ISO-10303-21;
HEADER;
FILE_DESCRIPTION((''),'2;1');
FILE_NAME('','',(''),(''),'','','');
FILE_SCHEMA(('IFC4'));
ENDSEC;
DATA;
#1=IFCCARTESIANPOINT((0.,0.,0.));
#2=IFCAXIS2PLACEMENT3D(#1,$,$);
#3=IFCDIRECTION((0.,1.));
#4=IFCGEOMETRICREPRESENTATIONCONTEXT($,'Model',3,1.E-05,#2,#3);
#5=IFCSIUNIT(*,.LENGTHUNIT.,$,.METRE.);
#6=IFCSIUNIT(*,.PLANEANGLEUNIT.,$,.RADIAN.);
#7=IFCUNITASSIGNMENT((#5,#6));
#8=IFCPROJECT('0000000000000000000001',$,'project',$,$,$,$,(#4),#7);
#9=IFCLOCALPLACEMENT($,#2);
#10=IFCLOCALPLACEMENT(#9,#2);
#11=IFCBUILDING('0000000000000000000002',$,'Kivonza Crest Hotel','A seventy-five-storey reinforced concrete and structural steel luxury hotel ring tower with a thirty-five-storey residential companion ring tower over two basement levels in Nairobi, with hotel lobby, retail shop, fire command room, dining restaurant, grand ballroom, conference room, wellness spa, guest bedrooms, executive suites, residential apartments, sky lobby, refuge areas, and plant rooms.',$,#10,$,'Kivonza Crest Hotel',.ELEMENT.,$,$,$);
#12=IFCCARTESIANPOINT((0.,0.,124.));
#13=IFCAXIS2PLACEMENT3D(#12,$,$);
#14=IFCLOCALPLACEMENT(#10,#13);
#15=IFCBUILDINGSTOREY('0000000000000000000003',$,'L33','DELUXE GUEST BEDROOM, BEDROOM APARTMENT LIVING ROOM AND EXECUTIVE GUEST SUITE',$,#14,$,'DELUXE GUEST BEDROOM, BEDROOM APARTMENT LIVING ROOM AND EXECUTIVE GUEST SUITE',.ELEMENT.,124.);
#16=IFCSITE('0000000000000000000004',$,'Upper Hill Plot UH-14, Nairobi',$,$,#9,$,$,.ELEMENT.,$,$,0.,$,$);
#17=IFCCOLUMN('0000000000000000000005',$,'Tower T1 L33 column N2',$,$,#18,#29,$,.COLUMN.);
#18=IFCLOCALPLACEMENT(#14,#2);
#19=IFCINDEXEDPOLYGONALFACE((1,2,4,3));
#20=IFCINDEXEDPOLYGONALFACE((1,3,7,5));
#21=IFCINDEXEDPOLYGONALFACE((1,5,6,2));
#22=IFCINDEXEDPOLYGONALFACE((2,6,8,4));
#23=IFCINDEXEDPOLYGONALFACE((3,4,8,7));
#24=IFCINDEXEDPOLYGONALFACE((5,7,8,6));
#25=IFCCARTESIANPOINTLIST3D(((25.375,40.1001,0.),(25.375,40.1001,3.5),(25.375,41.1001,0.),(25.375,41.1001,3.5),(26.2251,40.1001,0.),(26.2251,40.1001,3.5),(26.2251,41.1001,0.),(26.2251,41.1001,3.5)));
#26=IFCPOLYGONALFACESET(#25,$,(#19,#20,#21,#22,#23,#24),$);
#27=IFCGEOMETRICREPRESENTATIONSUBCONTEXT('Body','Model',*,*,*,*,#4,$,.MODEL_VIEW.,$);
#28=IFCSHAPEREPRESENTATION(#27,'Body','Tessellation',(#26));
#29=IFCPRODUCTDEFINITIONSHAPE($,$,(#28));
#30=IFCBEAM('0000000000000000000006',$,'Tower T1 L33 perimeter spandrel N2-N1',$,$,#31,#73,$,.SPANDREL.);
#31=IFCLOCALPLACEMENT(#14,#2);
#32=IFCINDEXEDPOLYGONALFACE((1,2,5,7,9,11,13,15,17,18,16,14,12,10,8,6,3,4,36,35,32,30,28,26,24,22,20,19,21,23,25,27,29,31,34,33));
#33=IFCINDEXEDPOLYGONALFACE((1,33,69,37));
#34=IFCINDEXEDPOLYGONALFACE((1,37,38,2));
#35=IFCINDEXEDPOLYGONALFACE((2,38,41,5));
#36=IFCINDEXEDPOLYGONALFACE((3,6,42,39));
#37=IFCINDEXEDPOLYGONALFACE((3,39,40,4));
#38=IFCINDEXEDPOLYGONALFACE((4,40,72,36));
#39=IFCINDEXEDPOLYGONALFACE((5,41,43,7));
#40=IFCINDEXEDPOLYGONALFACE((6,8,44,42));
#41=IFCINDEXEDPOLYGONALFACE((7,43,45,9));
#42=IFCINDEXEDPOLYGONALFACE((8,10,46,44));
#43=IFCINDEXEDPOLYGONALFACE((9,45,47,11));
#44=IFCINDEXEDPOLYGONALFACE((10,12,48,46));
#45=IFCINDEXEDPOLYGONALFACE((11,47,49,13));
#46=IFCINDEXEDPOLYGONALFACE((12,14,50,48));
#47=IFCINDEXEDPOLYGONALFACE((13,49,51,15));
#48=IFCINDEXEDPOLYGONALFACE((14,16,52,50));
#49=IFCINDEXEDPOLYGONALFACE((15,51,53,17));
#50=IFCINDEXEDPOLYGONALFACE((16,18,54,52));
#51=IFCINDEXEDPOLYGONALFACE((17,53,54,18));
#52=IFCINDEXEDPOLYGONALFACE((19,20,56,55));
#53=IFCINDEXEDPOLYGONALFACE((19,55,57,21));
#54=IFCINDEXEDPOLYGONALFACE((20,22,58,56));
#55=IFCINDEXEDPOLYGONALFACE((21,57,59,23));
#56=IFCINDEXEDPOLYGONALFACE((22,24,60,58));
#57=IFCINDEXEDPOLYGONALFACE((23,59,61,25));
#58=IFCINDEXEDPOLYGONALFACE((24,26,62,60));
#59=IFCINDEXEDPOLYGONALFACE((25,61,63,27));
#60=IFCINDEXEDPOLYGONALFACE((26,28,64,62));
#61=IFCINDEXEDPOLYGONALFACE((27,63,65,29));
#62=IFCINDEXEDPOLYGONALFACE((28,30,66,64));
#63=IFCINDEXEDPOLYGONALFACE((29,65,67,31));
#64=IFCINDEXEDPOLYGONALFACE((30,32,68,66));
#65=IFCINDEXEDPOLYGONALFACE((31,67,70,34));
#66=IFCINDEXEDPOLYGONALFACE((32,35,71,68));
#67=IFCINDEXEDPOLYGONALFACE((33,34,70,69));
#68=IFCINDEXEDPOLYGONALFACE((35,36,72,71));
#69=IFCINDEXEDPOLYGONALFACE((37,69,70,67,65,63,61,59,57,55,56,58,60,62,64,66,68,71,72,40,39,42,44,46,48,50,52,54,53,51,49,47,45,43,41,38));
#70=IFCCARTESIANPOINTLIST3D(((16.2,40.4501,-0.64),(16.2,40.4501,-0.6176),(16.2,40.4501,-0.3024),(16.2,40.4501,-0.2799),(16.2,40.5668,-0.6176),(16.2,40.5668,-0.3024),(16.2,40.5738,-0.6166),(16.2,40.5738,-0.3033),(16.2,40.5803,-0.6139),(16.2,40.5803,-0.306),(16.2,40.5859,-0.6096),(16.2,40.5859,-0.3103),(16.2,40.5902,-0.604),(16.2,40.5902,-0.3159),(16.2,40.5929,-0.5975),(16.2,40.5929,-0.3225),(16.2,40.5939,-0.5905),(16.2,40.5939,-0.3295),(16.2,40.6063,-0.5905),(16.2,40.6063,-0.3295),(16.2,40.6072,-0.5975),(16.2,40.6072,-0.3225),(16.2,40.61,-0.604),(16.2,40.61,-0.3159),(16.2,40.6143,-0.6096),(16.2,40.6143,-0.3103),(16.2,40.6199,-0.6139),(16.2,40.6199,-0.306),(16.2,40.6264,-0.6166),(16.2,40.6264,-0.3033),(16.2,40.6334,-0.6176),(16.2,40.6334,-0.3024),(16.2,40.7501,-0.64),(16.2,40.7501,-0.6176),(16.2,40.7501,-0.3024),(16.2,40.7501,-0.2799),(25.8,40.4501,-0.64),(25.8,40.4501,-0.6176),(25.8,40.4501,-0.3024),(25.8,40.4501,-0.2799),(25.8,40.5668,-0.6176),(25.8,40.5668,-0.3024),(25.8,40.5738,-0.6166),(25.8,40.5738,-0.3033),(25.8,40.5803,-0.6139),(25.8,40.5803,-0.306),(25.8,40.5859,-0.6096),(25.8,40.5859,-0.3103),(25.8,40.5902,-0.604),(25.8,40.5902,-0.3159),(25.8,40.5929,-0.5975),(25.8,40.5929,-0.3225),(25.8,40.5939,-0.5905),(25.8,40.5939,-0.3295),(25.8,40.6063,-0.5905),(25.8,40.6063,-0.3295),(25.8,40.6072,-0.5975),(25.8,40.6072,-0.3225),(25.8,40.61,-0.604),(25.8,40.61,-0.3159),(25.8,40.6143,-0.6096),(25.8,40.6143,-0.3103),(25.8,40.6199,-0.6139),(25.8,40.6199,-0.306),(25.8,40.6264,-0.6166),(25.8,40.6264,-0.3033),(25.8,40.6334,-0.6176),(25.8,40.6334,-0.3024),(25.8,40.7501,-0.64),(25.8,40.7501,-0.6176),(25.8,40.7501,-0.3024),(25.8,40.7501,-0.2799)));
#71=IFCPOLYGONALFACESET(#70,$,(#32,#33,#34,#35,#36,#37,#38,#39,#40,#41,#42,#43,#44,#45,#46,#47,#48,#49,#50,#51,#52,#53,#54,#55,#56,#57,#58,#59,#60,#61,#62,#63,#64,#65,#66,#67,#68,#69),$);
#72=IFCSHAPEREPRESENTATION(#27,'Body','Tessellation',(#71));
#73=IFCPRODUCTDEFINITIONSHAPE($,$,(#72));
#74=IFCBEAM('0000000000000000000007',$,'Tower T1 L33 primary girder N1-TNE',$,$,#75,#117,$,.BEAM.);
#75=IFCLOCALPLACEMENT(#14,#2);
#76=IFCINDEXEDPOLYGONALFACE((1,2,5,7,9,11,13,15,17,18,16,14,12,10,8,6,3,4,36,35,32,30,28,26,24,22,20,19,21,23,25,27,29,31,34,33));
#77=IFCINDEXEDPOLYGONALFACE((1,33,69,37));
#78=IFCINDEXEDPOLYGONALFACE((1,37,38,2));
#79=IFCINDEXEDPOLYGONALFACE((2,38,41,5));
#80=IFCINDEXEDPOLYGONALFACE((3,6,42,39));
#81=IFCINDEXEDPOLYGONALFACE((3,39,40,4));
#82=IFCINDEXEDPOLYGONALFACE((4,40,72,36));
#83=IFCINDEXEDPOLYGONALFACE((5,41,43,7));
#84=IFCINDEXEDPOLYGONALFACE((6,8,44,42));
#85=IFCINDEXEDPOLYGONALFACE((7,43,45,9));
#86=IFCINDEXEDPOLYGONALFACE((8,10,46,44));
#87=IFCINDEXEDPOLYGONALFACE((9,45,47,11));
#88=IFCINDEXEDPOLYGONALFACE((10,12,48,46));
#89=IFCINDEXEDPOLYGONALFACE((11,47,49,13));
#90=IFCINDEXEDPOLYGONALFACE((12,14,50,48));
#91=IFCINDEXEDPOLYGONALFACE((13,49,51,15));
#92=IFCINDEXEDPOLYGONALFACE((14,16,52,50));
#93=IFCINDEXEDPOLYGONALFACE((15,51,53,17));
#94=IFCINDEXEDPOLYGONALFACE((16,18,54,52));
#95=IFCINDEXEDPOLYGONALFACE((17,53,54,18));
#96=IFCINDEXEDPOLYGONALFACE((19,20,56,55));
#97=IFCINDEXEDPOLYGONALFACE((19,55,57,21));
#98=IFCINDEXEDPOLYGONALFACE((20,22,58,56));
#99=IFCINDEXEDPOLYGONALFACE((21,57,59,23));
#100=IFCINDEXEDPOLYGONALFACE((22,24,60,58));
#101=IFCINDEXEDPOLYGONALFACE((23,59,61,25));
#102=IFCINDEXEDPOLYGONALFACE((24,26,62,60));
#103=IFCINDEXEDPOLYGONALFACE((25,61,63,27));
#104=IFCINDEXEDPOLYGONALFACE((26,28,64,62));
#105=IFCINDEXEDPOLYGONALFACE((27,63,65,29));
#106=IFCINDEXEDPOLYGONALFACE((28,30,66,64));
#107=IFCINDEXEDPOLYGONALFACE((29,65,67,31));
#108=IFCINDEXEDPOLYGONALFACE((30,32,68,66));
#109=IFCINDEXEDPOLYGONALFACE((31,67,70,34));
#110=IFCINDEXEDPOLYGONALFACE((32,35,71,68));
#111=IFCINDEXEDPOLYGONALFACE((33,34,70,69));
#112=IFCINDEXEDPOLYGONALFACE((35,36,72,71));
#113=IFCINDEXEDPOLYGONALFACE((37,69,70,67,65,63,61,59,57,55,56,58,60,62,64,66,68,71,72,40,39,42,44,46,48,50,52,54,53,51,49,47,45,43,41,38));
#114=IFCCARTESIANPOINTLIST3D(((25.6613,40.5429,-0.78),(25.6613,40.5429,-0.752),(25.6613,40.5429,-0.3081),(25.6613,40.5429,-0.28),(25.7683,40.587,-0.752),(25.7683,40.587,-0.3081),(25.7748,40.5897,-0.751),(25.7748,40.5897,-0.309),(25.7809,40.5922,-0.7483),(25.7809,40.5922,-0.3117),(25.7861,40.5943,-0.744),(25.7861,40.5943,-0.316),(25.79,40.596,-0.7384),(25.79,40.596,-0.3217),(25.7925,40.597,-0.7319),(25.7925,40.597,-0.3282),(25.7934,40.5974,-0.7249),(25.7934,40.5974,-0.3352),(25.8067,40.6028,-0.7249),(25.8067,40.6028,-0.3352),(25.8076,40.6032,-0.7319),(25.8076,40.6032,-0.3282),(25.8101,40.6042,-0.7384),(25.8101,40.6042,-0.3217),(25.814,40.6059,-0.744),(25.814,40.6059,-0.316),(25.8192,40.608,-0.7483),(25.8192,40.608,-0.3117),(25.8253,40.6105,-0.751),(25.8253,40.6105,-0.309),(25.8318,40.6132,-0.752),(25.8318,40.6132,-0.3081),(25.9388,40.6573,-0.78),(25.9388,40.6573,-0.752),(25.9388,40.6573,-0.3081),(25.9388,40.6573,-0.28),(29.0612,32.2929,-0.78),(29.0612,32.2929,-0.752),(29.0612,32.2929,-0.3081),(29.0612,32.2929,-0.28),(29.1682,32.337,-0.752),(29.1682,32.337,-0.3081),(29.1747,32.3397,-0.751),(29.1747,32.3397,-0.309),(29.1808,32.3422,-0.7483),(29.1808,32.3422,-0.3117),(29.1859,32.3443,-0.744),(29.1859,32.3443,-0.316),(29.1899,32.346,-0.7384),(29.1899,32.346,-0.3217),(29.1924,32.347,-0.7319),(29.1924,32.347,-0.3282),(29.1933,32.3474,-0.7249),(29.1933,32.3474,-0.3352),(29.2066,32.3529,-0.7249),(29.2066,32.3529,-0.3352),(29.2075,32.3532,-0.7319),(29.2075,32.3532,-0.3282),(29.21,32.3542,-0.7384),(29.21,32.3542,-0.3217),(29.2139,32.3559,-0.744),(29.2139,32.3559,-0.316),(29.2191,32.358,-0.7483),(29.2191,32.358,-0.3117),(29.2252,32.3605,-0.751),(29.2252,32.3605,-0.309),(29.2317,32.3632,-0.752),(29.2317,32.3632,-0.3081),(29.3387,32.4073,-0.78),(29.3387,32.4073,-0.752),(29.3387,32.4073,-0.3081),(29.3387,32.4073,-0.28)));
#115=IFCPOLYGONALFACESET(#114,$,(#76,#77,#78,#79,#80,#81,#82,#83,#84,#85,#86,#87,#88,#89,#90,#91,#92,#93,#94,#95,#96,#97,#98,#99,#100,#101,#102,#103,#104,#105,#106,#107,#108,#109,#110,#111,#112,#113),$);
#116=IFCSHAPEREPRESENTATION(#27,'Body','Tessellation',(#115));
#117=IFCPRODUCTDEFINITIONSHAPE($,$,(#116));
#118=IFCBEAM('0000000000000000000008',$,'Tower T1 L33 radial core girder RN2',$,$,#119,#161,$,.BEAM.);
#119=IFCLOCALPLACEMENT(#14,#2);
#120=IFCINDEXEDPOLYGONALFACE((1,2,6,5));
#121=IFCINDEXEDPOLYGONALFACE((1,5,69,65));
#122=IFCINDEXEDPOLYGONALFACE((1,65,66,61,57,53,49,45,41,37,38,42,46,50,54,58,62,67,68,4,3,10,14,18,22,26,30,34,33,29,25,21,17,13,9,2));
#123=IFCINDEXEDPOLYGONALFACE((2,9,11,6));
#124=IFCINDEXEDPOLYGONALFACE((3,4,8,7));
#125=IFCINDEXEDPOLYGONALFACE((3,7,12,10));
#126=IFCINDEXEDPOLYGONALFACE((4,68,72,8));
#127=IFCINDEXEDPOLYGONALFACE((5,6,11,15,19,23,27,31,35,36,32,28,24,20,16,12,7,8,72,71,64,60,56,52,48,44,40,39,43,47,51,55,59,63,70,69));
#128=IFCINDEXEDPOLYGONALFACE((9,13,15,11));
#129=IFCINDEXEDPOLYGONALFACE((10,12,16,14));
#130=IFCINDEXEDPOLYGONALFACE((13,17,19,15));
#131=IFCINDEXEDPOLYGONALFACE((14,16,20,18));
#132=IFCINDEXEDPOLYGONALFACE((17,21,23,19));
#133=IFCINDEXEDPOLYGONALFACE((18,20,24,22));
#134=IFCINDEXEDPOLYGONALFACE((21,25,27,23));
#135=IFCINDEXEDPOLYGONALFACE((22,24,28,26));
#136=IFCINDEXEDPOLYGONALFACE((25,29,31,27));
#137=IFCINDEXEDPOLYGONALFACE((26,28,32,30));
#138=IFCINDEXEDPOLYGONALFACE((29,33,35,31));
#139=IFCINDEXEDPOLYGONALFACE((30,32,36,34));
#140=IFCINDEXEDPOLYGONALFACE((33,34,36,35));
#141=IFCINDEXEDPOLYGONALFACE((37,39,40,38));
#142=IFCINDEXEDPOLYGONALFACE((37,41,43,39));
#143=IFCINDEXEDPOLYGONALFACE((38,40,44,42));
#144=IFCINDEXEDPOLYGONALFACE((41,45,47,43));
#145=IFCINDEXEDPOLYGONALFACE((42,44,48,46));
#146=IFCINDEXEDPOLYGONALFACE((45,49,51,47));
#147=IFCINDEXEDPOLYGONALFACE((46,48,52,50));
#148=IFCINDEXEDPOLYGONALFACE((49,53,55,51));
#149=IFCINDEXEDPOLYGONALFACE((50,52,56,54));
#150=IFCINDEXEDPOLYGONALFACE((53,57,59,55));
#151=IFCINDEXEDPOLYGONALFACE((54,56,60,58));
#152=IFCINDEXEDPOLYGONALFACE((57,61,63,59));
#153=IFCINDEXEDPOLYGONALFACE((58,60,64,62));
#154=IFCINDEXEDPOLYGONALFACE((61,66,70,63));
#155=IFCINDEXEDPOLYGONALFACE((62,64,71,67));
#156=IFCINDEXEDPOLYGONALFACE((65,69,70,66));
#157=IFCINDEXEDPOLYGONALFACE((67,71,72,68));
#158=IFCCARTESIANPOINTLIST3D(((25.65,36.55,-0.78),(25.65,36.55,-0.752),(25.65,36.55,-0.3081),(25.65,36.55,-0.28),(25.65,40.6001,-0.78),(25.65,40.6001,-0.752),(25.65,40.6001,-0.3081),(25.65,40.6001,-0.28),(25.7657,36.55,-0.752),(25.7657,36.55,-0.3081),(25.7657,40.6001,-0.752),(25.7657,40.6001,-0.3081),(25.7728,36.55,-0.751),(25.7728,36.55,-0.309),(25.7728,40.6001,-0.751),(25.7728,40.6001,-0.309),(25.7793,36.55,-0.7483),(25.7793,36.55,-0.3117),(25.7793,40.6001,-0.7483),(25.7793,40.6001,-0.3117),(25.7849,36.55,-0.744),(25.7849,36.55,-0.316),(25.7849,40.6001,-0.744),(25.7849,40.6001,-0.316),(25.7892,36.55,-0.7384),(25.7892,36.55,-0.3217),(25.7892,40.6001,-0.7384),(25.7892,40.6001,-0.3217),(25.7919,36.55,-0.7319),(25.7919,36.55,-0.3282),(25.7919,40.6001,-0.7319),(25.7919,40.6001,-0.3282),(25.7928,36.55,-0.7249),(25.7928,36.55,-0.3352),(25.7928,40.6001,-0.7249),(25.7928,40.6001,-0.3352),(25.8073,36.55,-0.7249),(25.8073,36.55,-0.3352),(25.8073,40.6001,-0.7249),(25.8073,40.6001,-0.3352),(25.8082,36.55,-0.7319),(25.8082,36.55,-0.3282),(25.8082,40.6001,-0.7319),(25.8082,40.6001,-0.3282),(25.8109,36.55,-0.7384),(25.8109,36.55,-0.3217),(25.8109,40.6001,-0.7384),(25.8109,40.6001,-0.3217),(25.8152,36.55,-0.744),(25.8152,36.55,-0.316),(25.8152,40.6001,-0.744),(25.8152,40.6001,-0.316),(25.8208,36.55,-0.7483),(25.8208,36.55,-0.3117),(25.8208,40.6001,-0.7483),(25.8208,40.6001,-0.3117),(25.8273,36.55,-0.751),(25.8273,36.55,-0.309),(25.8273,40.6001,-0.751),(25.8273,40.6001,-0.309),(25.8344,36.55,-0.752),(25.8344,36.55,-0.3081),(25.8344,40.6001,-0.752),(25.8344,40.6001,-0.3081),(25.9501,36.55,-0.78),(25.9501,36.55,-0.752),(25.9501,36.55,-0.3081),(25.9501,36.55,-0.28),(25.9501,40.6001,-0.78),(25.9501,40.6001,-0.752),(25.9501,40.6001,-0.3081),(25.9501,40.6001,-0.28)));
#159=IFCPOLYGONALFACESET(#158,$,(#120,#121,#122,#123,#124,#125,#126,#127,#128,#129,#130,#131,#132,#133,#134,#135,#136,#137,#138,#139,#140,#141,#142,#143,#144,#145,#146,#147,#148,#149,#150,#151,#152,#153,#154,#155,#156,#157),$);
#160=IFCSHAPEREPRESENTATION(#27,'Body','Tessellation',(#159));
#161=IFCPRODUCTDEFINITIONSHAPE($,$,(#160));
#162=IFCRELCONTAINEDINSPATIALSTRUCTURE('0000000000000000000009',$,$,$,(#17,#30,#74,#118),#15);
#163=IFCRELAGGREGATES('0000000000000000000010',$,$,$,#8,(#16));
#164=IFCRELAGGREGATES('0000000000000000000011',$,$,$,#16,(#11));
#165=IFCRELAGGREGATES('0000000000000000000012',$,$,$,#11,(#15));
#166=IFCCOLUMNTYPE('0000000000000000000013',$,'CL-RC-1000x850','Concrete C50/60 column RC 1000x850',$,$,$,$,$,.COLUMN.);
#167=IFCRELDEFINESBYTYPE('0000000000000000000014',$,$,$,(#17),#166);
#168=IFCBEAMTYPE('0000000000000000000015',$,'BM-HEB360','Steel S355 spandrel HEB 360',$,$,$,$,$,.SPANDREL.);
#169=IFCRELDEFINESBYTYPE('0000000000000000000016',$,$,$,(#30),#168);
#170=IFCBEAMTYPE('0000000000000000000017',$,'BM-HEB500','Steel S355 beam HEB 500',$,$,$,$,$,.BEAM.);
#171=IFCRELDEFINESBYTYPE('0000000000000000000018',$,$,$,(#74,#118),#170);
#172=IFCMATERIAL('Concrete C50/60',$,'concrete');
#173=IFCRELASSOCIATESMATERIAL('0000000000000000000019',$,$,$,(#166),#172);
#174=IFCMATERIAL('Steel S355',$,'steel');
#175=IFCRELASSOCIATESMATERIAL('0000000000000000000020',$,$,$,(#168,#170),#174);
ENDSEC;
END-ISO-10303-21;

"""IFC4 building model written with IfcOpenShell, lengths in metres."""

from ifc_helpers import new_model, si_unit, direction, frame, origin, origin_2d, place, context, subcontext, project, spatial, rectangle, i_section, extrude, material, material_profile, profile_set, type_object, element, save


model = new_model("IFC4")

# Units and contexts
model_context = context("Model", 3, precision=1e-05, world=origin(), true_north=direction((0.0, 1.0)))
body_context = subcontext(model_context, "Body", "Model", "MODEL_VIEW")
ifc_project = project(units=[si_unit("LENGTHUNIT", "METRE"), si_unit("PLANEANGLEUNIT", "RADIAN")], contexts=[model_context])

# Site, building, storey
site_placement = place(None, origin())
site = spatial("IfcSite", under=ifc_project, at=site_placement, Name="Upper Hill Plot UH-14, Nairobi", CompositionType="ELEMENT", RefElevation=0.0)
building_placement = place(site_placement, origin())
building = spatial("IfcBuilding", under=site, at=building_placement, Name="Kivonza Crest Hotel", Description="A seventy-five-storey reinforced concrete and structural steel luxury hotel ring tower with a thirty-five-storey residential companion ring tower over two basement levels in Nairobi, with hotel lobby, retail shop, fire command room, dining restaurant, grand ballroom, conference room, wellness spa, guest bedrooms, executive suites, residential apartments, sky lobby, refuge areas, and plant rooms.", LongName="Kivonza Crest Hotel", CompositionType="ELEMENT")
storey_placement = place(building_placement, frame((0.0, 0.0, 124.0)))
storey = spatial("IfcBuildingStorey", under=building, at=storey_placement, Name="L33", Description="DELUXE GUEST BEDROOM, BEDROOM APARTMENT LIVING ROOM AND EXECUTIVE GUEST SUITE", LongName="DELUXE GUEST BEDROOM, BEDROOM APARTMENT LIVING ROOM AND EXECUTIVE GUEST SUITE", CompositionType="ELEMENT", Elevation=124.0)

# Column
ifc_material_1 = material(Name="Concrete C50/60", Category="concrete")
ifc_material_profile_1 = material_profile(ifc_material_1, rectangle(XDim=0.8501, YDim=1.0, at=origin_2d()), Name="RC 1000x850")
ifc_profile_set_1 = profile_set([ifc_material_profile_1], Name="Concrete C50/60")
column_type = type_object("IfcColumnType", Name="CL-RC-1000x850", Description="Concrete C50/60 column RC 1000x850", PredefinedType="COLUMN", material=ifc_profile_set_1)
column_placement = place(storey_placement, frame((25.8, 40.6001, 0.0), z_axis=(0.0, 0.0, 1.0), x_axis=(1.0, 0.0, 0.0)))
element("IfcColumn", 1, at=column_placement, inside=storey, type_object=column_type, Name="Tower T1 L33 column N2", PredefinedType="COLUMN", context=body_context, shape_type="SweptSolid", body=[
    extrude(rectangle(XDim=0.8501, YDim=1.0, at=origin_2d()), origin(), (0.0, 0.0, 1.0), 3.5),
])

# Beams
ifc_material_2 = material(Name="Steel S355", Category="steel")
ifc_material_profile_2 = material_profile(ifc_material_2, i_section(OverallWidth=0.3, OverallDepth=0.3601, WebThickness=0.0125, FlangeThickness=0.0225, FilletRadius=0.0271, at=origin_2d()), Name="HEB 360")
ifc_profile_set_2 = profile_set([ifc_material_profile_2], Name="Steel S355")
beam_type_1 = type_object("IfcBeamType", Name="BM-HEB360", Description="Steel S355 spandrel HEB 360", PredefinedType="SPANDREL", material=ifc_profile_set_2)
beam_1_placement = place(storey_placement, frame((25.8, 40.6001, -0.46), z_axis=(-1.0, 0.0, 0.0), x_axis=(0.0, -1.0, 0.0)))
element("IfcBeam", 2, at=beam_1_placement, inside=storey, type_object=beam_type_1, Name="Tower T1 L33 perimeter spandrel N2-N1", PredefinedType="SPANDREL", context=body_context, shape_type="SweptSolid", body=[
    extrude(i_section(OverallWidth=0.3, OverallDepth=0.3601, WebThickness=0.0125, FlangeThickness=0.0225, FilletRadius=0.0271, at=origin_2d()), origin(), (0.0, 0.0, 1.0), 9.6001),
])
ifc_material_profile_3 = material_profile(ifc_material_2, i_section(OverallWidth=0.3, OverallDepth=0.5, WebThickness=0.0144, FlangeThickness=0.0281, FilletRadius=0.0271, at=origin_2d()), Name="HEB 500")
ifc_profile_set_3 = profile_set([ifc_material_profile_3], Name="Steel S355")
beam_type_2 = type_object("IfcBeamType", Name="BM-HEB500", Description="Steel S355 beam HEB 500", PredefinedType="BEAM", material=ifc_profile_set_3)
beam_2_placement = place(storey_placement, frame((25.8, 40.6001, -0.53), z_axis=(0.381022, -0.924566, 0.0), x_axis=(0.924566, 0.381022, 0.0)))
element("IfcBeam", 3, at=beam_2_placement, inside=storey, type_object=beam_type_2, Name="Tower T1 L33 primary girder N1-TNE", PredefinedType="BEAM", context=body_context, shape_type="SweptSolid", body=[
    extrude(i_section(OverallWidth=0.3, OverallDepth=0.5, WebThickness=0.0144, FlangeThickness=0.0281, FilletRadius=0.0271, at=origin_2d()), origin(), (0.0, 0.0, 1.0), 8.9231),
])
beam_3_placement = place(storey_placement, frame((25.8, 40.6001, -0.53), z_axis=(0.0, -1.0, 0.0), x_axis=(1.0, 0.0, 0.0)))
element("IfcBeam", 4, at=beam_3_placement, inside=storey, type_object=beam_type_2, Name="Tower T1 L33 radial core girder RN2", PredefinedType="BEAM", context=body_context, shape_type="SweptSolid", body=[
    extrude(i_section(OverallWidth=0.3, OverallDepth=0.5, WebThickness=0.0144, FlangeThickness=0.0281, FilletRadius=0.0271, at=origin_2d()), origin(), (0.0, 0.0, 1.0), 4.05),
])

save(model, "model.ifc")
